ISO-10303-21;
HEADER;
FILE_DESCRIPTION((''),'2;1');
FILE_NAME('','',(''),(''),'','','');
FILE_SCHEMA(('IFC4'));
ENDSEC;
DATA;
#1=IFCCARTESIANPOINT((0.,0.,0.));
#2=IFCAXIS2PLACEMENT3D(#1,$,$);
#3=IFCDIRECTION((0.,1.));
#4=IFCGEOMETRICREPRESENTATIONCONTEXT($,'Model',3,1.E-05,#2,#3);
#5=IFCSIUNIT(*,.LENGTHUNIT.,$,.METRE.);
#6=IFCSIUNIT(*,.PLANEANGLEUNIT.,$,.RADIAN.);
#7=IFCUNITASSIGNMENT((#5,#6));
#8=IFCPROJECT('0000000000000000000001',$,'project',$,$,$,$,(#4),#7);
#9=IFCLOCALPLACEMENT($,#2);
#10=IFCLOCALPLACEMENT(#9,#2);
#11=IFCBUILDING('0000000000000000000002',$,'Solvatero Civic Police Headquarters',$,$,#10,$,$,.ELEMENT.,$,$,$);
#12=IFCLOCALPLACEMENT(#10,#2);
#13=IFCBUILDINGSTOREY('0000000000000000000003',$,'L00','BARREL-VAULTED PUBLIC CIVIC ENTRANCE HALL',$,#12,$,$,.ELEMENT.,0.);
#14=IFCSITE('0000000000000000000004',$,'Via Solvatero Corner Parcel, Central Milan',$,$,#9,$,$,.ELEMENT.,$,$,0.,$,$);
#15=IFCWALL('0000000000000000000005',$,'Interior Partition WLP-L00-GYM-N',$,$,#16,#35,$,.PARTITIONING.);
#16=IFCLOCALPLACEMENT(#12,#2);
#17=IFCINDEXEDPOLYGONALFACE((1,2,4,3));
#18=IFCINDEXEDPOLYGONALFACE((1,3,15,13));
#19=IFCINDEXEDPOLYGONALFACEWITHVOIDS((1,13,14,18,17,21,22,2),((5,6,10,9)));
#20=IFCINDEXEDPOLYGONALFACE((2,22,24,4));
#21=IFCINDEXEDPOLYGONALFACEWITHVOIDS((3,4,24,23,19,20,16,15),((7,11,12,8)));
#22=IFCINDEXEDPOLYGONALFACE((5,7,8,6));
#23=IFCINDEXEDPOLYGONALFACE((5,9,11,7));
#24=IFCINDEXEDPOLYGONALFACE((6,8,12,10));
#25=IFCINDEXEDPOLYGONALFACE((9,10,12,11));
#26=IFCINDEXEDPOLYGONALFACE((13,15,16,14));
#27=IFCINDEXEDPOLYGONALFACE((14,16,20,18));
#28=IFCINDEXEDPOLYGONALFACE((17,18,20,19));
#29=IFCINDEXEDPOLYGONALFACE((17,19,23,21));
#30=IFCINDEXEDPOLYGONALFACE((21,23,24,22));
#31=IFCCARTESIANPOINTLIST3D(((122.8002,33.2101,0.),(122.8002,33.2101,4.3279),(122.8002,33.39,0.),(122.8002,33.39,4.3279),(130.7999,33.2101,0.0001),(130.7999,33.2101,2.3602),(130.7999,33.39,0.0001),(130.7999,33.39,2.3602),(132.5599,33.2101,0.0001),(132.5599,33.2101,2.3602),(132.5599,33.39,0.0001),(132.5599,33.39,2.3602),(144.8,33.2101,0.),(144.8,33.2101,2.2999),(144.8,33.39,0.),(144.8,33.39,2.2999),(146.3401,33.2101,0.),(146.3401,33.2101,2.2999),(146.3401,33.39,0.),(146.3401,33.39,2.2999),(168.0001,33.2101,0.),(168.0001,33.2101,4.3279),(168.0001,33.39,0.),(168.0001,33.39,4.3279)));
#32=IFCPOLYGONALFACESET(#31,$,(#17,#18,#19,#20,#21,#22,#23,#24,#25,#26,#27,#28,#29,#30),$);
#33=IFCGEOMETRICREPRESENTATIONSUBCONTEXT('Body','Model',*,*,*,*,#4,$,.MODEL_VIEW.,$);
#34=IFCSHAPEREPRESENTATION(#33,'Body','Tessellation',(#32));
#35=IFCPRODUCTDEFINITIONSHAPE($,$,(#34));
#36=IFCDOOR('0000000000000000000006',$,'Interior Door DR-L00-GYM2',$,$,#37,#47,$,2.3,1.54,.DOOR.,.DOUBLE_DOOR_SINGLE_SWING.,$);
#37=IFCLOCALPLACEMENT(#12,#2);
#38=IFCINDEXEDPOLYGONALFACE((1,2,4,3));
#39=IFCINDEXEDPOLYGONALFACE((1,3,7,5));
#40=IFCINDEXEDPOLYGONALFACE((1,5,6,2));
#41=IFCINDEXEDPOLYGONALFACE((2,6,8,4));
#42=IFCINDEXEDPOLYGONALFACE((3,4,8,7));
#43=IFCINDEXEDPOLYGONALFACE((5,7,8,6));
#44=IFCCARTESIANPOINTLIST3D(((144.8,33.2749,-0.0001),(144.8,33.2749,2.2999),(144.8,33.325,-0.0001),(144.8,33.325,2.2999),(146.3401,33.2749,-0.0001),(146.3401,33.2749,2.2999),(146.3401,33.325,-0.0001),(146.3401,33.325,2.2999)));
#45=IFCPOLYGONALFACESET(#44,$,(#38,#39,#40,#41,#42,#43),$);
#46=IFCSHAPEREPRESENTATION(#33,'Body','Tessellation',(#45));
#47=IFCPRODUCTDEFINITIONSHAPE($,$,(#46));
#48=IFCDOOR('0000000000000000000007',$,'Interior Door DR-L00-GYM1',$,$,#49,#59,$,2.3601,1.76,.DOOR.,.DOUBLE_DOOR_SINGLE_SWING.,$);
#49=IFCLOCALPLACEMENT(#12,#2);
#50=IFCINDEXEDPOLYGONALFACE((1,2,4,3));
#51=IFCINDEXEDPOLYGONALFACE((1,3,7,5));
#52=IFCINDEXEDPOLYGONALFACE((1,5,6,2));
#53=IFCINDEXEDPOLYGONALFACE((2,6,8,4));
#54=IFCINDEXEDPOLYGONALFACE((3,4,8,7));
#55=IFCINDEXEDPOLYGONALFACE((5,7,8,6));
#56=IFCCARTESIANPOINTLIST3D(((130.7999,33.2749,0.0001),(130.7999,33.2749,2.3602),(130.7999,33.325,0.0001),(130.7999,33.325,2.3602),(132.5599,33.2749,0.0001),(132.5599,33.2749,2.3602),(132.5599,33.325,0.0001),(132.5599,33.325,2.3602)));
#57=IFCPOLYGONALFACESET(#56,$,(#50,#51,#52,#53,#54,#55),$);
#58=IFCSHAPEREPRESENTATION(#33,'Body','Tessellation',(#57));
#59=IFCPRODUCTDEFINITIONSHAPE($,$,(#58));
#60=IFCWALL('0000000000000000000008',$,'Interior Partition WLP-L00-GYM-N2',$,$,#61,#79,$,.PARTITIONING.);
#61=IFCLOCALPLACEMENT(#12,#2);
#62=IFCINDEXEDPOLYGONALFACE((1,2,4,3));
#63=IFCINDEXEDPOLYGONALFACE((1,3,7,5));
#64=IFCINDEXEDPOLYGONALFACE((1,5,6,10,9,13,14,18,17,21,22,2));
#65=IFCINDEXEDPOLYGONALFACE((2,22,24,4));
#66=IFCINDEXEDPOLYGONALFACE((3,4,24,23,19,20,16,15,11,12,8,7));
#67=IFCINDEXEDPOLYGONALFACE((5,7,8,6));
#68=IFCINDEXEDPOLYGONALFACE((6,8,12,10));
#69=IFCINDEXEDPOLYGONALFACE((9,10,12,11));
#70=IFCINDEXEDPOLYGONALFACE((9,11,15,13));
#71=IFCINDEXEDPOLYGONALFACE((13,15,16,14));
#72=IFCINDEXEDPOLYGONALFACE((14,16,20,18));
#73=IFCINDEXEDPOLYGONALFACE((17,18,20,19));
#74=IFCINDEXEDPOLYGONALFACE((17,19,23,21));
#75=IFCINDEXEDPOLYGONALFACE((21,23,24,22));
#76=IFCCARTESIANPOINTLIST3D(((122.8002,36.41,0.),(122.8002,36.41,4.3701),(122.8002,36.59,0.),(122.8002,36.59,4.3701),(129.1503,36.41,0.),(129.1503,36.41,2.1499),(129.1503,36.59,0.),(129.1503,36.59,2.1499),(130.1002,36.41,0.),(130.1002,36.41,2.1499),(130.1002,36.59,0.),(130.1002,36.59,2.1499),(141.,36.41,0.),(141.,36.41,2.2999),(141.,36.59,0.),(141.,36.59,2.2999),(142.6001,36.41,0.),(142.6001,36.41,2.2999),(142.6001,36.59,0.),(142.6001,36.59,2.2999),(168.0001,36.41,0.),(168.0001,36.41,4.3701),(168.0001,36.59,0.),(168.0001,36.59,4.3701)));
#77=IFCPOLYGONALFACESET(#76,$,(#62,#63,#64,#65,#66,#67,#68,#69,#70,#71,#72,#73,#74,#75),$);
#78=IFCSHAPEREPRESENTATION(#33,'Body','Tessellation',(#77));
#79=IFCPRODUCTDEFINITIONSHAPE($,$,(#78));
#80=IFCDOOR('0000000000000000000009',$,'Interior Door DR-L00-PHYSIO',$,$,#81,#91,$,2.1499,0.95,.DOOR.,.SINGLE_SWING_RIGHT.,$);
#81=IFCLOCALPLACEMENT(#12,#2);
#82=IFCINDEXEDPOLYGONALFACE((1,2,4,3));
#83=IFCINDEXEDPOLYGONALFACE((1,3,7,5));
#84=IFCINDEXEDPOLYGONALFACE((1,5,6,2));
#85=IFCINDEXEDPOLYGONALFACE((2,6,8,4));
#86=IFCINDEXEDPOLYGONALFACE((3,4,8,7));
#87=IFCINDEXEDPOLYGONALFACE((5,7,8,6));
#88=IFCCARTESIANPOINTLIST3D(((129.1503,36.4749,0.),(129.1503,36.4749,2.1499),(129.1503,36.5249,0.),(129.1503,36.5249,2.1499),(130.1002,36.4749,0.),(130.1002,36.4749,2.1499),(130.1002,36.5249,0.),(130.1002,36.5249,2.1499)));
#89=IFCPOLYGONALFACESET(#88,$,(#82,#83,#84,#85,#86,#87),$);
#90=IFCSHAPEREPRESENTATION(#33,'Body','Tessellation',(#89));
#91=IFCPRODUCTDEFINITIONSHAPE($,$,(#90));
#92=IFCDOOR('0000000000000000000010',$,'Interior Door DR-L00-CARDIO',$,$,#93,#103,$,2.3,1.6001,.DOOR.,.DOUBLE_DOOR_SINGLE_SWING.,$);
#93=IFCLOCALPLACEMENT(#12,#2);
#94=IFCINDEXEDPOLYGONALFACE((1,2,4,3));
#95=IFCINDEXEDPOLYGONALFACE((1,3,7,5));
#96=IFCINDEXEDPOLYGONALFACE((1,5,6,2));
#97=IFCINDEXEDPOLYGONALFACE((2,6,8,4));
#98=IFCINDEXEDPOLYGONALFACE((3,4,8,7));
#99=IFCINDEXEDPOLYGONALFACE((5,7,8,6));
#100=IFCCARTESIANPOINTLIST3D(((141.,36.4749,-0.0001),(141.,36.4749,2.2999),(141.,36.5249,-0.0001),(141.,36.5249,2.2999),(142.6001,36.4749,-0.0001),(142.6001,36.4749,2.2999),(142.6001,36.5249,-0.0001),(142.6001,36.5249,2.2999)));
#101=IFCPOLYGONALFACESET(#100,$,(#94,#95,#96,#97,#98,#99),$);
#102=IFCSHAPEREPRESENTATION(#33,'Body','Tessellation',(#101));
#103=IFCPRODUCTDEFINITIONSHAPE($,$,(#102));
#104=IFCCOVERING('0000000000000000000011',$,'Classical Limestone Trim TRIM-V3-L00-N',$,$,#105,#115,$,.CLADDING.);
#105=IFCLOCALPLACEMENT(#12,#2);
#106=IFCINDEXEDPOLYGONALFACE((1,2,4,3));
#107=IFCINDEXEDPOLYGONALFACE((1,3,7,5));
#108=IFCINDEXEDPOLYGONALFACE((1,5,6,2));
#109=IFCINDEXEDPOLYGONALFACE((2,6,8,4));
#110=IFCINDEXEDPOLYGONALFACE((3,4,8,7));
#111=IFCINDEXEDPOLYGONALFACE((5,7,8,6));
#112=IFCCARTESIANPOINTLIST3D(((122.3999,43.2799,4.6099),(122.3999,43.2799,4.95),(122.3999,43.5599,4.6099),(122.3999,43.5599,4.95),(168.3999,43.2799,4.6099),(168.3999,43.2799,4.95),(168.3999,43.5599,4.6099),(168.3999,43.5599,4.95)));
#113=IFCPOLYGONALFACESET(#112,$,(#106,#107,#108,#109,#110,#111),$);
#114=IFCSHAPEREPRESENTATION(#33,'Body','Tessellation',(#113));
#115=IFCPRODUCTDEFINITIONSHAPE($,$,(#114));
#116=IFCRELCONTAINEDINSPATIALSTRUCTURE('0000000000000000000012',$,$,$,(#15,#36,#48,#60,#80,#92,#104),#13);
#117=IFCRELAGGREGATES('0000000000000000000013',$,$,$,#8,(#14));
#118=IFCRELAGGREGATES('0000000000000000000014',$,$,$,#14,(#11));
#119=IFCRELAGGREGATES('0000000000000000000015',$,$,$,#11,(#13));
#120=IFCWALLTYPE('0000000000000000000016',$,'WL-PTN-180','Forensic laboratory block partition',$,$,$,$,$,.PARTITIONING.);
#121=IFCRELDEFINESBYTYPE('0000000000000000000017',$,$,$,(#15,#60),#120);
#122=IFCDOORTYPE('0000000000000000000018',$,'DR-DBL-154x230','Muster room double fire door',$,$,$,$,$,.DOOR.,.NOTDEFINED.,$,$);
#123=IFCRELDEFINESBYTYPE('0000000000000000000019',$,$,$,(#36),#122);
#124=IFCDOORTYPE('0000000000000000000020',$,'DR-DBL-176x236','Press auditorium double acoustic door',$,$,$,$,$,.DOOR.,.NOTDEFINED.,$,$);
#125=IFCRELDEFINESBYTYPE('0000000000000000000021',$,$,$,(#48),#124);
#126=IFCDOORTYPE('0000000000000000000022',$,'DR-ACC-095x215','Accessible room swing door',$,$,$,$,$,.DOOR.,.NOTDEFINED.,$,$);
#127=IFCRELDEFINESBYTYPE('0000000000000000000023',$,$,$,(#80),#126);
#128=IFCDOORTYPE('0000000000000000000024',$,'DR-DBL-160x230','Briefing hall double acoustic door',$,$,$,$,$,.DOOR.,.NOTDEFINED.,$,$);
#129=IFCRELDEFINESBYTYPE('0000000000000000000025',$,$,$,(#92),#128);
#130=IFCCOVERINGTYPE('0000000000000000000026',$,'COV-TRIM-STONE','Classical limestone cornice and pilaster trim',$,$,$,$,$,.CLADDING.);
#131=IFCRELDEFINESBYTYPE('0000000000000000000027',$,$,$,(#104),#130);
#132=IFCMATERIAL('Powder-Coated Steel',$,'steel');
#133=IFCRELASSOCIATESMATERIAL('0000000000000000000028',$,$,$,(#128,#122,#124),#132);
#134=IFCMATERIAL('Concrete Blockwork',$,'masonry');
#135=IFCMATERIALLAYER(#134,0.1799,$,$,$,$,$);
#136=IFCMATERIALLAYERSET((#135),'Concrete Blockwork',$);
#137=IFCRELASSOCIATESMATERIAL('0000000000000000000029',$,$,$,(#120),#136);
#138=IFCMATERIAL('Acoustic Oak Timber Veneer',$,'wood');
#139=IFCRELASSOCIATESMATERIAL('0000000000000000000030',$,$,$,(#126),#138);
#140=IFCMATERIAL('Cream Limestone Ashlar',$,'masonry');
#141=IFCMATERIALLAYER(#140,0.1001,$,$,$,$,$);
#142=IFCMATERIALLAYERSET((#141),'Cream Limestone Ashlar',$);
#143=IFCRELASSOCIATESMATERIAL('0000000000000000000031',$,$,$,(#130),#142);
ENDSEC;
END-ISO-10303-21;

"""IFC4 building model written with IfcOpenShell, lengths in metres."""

from ifc_helpers import new_model, si_unit, direction, frame, frame_2d, origin, origin_2d, place, context, subcontext, project, spatial, rectangle, extrude, material, layer, layer_set, type_object, element, fill, save


model = new_model("IFC4")

# Units and contexts
model_context = context("Model", 3, precision=1e-05, world=origin(), true_north=direction((0.0, 1.0)))
body_context = subcontext(model_context, "Body", "Model", "MODEL_VIEW")
ifc_project = project(units=[si_unit("LENGTHUNIT", "METRE"), si_unit("PLANEANGLEUNIT", "RADIAN")], contexts=[model_context])

# Site, building, storey
site_placement = place(None, origin())
site = spatial("IfcSite", under=ifc_project, at=site_placement, Name="Via Solvatero Corner Parcel, Central Milan", CompositionType="ELEMENT", RefElevation=0.0)
building_placement = place(site_placement, origin())
building = spatial("IfcBuilding", under=site, at=building_placement, Name="Solvatero Civic Police Headquarters", CompositionType="ELEMENT")
storey_placement = place(building_placement, origin())
storey = spatial("IfcBuildingStorey", under=building, at=storey_placement, Name="L00", Description="BARREL-VAULTED PUBLIC CIVIC ENTRANCE HALL", CompositionType="ELEMENT", Elevation=0.0)

# Shared definitions
ifc_material_1 = material(Name="Powder-Coated Steel", Category="steel")
door_type_1 = type_object("IfcDoorType", Name="DR-DBL-160x230", Description="Briefing hall double acoustic door", OperationType="NOTDEFINED", PredefinedType="DOOR", material=ifc_material_1)

# Walls, openings, doors
ifc_material_2 = material(Name="Concrete Blockwork", Category="masonry")
ifc_layer_1 = layer(ifc_material_2, 0.1799)
ifc_layer_set_1 = layer_set([ifc_layer_1], Name="Concrete Blockwork")
wall_type_1 = type_object("IfcWallType", Name="WL-PTN-180", Description="Forensic laboratory block partition", PredefinedType="PARTITIONING", material=ifc_layer_set_1)
wall_1_placement = place(storey_placement, frame((122.8, 33.3, 0.0), z_axis=(0.0, 0.0, 1.0), x_axis=(1.0, 0.0, 0.0)))
wall_1 = element("IfcWall", 1, at=wall_1_placement, inside=storey, type_object=wall_type_1, Name="Interior Partition WLP-L00-GYM-N", PredefinedType="PARTITIONING", context=body_context, shape_type="SweptSolid", body=[
    extrude(rectangle(XDim=45.2, YDim=0.1799, at=frame_2d((22.6001, 0.0))), origin(), (0.0, 0.0, 1.0), 4.3279),
])
opening_1_placement = place(wall_1_placement, frame((8.0, 0.0, 0.0)))
opening_1 = element("IfcOpeningElement", 2, at=opening_1_placement, cuts=wall_1, PredefinedType="OPENING", context=body_context, shape_type="SweptSolid", body=[
    extrude(rectangle(XDim=1.76, YDim=2.3601, at=frame_2d((0.8799, 1.1802))), frame((0.0, 0.0999, 0.0), z_axis=(0.0, -1.0, 0.0), x_axis=(1.0, 0.0, 0.0)), (0.0, 0.0, 1.0), 0.2),
])
opening_2_placement = place(wall_1_placement, frame((22.0, 0.0, 0.0)))
opening_2 = element("IfcOpeningElement", 3, at=opening_2_placement, cuts=wall_1, PredefinedType="OPENING", context=body_context, shape_type="SweptSolid", body=[
    extrude(rectangle(XDim=1.54, YDim=2.3, at=frame_2d((0.77, 1.1499))), frame((0.0, 0.0999, 0.0), z_axis=(0.0, -1.0, 0.0), x_axis=(1.0, 0.0, 0.0)), (0.0, 0.0, 1.0), 0.2),
])
door_type_2 = type_object("IfcDoorType", Name="DR-DBL-154x230", Description="Muster room double fire door", OperationType="NOTDEFINED", PredefinedType="DOOR", material=ifc_material_1)
door_1_placement = place(opening_2_placement, origin())
door_1 = element("IfcDoor", 4, at=door_1_placement, inside=storey, type_object=door_type_2, Name="Interior Door DR-L00-GYM2", OperationType="DOUBLE_DOOR_SINGLE_SWING", OverallHeight=2.3, OverallWidth=1.54, PredefinedType="DOOR", context=body_context, shape_type="SweptSolid", body=[
    extrude(rectangle(XDim=1.54, YDim=2.3, at=frame_2d((0.77, 1.1499))), frame((0.0, 0.0249, 0.0), z_axis=(0.0, -1.0, 0.0), x_axis=(1.0, 0.0, 0.0)), (0.0, 0.0, 1.0), 0.05),
])
fill(opening_2, door_1)
door_type_3 = type_object("IfcDoorType", Name="DR-DBL-176x236", Description="Press auditorium double acoustic door", OperationType="NOTDEFINED", PredefinedType="DOOR", material=ifc_material_1)
door_2_placement = place(opening_1_placement, origin())
door_2 = element("IfcDoor", 5, at=door_2_placement, inside=storey, type_object=door_type_3, Name="Interior Door DR-L00-GYM1", OperationType="DOUBLE_DOOR_SINGLE_SWING", OverallHeight=2.3601, OverallWidth=1.76, PredefinedType="DOOR", context=body_context, shape_type="SweptSolid", body=[
    extrude(rectangle(XDim=1.76, YDim=2.3601, at=frame_2d((0.8799, 1.1802))), frame((0.0, 0.0249, 0.0), z_axis=(0.0, -1.0, 0.0), x_axis=(1.0, 0.0, 0.0)), (0.0, 0.0, 1.0), 0.05),
])
fill(opening_1, door_2)
wall_2_placement = place(storey_placement, frame((122.8, 36.5, 0.0), z_axis=(0.0, 0.0, 1.0), x_axis=(1.0, 0.0, 0.0)))
wall_2 = element("IfcWall", 6, at=wall_2_placement, inside=storey, type_object=wall_type_1, Name="Interior Partition WLP-L00-GYM-N2", PredefinedType="PARTITIONING", context=body_context, shape_type="SweptSolid", body=[
    extrude(rectangle(XDim=45.2, YDim=0.1799, at=frame_2d((22.6001, 0.0))), origin(), (0.0, 0.0, 1.0), 4.3701),
])
opening_3_placement = place(wall_2_placement, frame((6.3501, 0.0, 0.0)))
opening_3 = element("IfcOpeningElement", 7, at=opening_3_placement, cuts=wall_2, PredefinedType="OPENING", context=body_context, shape_type="SweptSolid", body=[
    extrude(rectangle(XDim=0.95, YDim=2.1499, at=frame_2d((0.4751, 1.075))), frame((0.0, 0.0999, 0.0), z_axis=(0.0, -1.0, 0.0), x_axis=(1.0, 0.0, 0.0)), (0.0, 0.0, 1.0), 0.2),
])
opening_4_placement = place(wall_2_placement, frame((18.2, 0.0, 0.0)))
opening_4 = element("IfcOpeningElement", 8, at=opening_4_placement, cuts=wall_2, PredefinedType="OPENING", context=body_context, shape_type="SweptSolid", body=[
    extrude(rectangle(XDim=1.6001, YDim=2.3, at=frame_2d((0.8, 1.1499))), frame((0.0, 0.0999, 0.0), z_axis=(0.0, -1.0, 0.0), x_axis=(1.0, 0.0, 0.0)), (0.0, 0.0, 1.0), 0.2),
])
ifc_material_3 = material(Name="Acoustic Oak Timber Veneer", Category="wood")
door_type_4 = type_object("IfcDoorType", Name="DR-ACC-095x215", Description="Accessible room swing door", OperationType="NOTDEFINED", PredefinedType="DOOR", material=ifc_material_3)
door_3_placement = place(opening_3_placement, origin())
door_3 = element("IfcDoor", 9, at=door_3_placement, inside=storey, type_object=door_type_4, Name="Interior Door DR-L00-PHYSIO", OperationType="SINGLE_SWING_RIGHT", OverallHeight=2.1499, OverallWidth=0.95, PredefinedType="DOOR", context=body_context, shape_type="SweptSolid", body=[
    extrude(rectangle(XDim=0.95, YDim=2.1499, at=frame_2d((0.4751, 1.075))), frame((0.0, 0.0249, 0.0), z_axis=(0.0, -1.0, 0.0), x_axis=(1.0, 0.0, 0.0)), (0.0, 0.0, 1.0), 0.05),
])
fill(opening_3, door_3)
door_4_placement = place(opening_4_placement, origin())
door_4 = element("IfcDoor", 10, at=door_4_placement, inside=storey, type_object=door_type_1, Name="Interior Door DR-L00-CARDIO", OperationType="DOUBLE_DOOR_SINGLE_SWING", OverallHeight=2.3, OverallWidth=1.6001, PredefinedType="DOOR", context=body_context, shape_type="SweptSolid", body=[
    extrude(rectangle(XDim=1.6001, YDim=2.3, at=frame_2d((0.8, 1.1499))), frame((0.0, 0.0249, 0.0), z_axis=(0.0, -1.0, 0.0), x_axis=(1.0, 0.0, 0.0)), (0.0, 0.0, 1.0), 0.05),
])
fill(opening_4, door_4)

# Covering
ifc_material_4 = material(Name="Cream Limestone Ashlar", Category="masonry")
ifc_layer_2 = layer(ifc_material_4, 0.1001)
ifc_layer_set_2 = layer_set([ifc_layer_2], Name="Cream Limestone Ashlar")
covering_type = type_object("IfcCoveringType", Name="COV-TRIM-STONE", Description="Classical limestone cornice and pilaster trim", PredefinedType="CLADDING", material=ifc_layer_set_2)
covering_placement = place(storey_placement, frame((145.3999, 43.4199, 4.6099), z_axis=(0.0, 0.0, 1.0), x_axis=(1.0, 0.0, 0.0)))
element("IfcCovering", 11, at=covering_placement, inside=storey, type_object=covering_type, Name="Classical Limestone Trim TRIM-V3-L00-N", PredefinedType="CLADDING", context=body_context, shape_type="SweptSolid", body=[
    extrude(rectangle(XDim=46.0, YDim=0.28, at=origin_2d()), origin(), (0.0, 0.0, 1.0), 0.3401),
])

save(model, "model.ifc")
